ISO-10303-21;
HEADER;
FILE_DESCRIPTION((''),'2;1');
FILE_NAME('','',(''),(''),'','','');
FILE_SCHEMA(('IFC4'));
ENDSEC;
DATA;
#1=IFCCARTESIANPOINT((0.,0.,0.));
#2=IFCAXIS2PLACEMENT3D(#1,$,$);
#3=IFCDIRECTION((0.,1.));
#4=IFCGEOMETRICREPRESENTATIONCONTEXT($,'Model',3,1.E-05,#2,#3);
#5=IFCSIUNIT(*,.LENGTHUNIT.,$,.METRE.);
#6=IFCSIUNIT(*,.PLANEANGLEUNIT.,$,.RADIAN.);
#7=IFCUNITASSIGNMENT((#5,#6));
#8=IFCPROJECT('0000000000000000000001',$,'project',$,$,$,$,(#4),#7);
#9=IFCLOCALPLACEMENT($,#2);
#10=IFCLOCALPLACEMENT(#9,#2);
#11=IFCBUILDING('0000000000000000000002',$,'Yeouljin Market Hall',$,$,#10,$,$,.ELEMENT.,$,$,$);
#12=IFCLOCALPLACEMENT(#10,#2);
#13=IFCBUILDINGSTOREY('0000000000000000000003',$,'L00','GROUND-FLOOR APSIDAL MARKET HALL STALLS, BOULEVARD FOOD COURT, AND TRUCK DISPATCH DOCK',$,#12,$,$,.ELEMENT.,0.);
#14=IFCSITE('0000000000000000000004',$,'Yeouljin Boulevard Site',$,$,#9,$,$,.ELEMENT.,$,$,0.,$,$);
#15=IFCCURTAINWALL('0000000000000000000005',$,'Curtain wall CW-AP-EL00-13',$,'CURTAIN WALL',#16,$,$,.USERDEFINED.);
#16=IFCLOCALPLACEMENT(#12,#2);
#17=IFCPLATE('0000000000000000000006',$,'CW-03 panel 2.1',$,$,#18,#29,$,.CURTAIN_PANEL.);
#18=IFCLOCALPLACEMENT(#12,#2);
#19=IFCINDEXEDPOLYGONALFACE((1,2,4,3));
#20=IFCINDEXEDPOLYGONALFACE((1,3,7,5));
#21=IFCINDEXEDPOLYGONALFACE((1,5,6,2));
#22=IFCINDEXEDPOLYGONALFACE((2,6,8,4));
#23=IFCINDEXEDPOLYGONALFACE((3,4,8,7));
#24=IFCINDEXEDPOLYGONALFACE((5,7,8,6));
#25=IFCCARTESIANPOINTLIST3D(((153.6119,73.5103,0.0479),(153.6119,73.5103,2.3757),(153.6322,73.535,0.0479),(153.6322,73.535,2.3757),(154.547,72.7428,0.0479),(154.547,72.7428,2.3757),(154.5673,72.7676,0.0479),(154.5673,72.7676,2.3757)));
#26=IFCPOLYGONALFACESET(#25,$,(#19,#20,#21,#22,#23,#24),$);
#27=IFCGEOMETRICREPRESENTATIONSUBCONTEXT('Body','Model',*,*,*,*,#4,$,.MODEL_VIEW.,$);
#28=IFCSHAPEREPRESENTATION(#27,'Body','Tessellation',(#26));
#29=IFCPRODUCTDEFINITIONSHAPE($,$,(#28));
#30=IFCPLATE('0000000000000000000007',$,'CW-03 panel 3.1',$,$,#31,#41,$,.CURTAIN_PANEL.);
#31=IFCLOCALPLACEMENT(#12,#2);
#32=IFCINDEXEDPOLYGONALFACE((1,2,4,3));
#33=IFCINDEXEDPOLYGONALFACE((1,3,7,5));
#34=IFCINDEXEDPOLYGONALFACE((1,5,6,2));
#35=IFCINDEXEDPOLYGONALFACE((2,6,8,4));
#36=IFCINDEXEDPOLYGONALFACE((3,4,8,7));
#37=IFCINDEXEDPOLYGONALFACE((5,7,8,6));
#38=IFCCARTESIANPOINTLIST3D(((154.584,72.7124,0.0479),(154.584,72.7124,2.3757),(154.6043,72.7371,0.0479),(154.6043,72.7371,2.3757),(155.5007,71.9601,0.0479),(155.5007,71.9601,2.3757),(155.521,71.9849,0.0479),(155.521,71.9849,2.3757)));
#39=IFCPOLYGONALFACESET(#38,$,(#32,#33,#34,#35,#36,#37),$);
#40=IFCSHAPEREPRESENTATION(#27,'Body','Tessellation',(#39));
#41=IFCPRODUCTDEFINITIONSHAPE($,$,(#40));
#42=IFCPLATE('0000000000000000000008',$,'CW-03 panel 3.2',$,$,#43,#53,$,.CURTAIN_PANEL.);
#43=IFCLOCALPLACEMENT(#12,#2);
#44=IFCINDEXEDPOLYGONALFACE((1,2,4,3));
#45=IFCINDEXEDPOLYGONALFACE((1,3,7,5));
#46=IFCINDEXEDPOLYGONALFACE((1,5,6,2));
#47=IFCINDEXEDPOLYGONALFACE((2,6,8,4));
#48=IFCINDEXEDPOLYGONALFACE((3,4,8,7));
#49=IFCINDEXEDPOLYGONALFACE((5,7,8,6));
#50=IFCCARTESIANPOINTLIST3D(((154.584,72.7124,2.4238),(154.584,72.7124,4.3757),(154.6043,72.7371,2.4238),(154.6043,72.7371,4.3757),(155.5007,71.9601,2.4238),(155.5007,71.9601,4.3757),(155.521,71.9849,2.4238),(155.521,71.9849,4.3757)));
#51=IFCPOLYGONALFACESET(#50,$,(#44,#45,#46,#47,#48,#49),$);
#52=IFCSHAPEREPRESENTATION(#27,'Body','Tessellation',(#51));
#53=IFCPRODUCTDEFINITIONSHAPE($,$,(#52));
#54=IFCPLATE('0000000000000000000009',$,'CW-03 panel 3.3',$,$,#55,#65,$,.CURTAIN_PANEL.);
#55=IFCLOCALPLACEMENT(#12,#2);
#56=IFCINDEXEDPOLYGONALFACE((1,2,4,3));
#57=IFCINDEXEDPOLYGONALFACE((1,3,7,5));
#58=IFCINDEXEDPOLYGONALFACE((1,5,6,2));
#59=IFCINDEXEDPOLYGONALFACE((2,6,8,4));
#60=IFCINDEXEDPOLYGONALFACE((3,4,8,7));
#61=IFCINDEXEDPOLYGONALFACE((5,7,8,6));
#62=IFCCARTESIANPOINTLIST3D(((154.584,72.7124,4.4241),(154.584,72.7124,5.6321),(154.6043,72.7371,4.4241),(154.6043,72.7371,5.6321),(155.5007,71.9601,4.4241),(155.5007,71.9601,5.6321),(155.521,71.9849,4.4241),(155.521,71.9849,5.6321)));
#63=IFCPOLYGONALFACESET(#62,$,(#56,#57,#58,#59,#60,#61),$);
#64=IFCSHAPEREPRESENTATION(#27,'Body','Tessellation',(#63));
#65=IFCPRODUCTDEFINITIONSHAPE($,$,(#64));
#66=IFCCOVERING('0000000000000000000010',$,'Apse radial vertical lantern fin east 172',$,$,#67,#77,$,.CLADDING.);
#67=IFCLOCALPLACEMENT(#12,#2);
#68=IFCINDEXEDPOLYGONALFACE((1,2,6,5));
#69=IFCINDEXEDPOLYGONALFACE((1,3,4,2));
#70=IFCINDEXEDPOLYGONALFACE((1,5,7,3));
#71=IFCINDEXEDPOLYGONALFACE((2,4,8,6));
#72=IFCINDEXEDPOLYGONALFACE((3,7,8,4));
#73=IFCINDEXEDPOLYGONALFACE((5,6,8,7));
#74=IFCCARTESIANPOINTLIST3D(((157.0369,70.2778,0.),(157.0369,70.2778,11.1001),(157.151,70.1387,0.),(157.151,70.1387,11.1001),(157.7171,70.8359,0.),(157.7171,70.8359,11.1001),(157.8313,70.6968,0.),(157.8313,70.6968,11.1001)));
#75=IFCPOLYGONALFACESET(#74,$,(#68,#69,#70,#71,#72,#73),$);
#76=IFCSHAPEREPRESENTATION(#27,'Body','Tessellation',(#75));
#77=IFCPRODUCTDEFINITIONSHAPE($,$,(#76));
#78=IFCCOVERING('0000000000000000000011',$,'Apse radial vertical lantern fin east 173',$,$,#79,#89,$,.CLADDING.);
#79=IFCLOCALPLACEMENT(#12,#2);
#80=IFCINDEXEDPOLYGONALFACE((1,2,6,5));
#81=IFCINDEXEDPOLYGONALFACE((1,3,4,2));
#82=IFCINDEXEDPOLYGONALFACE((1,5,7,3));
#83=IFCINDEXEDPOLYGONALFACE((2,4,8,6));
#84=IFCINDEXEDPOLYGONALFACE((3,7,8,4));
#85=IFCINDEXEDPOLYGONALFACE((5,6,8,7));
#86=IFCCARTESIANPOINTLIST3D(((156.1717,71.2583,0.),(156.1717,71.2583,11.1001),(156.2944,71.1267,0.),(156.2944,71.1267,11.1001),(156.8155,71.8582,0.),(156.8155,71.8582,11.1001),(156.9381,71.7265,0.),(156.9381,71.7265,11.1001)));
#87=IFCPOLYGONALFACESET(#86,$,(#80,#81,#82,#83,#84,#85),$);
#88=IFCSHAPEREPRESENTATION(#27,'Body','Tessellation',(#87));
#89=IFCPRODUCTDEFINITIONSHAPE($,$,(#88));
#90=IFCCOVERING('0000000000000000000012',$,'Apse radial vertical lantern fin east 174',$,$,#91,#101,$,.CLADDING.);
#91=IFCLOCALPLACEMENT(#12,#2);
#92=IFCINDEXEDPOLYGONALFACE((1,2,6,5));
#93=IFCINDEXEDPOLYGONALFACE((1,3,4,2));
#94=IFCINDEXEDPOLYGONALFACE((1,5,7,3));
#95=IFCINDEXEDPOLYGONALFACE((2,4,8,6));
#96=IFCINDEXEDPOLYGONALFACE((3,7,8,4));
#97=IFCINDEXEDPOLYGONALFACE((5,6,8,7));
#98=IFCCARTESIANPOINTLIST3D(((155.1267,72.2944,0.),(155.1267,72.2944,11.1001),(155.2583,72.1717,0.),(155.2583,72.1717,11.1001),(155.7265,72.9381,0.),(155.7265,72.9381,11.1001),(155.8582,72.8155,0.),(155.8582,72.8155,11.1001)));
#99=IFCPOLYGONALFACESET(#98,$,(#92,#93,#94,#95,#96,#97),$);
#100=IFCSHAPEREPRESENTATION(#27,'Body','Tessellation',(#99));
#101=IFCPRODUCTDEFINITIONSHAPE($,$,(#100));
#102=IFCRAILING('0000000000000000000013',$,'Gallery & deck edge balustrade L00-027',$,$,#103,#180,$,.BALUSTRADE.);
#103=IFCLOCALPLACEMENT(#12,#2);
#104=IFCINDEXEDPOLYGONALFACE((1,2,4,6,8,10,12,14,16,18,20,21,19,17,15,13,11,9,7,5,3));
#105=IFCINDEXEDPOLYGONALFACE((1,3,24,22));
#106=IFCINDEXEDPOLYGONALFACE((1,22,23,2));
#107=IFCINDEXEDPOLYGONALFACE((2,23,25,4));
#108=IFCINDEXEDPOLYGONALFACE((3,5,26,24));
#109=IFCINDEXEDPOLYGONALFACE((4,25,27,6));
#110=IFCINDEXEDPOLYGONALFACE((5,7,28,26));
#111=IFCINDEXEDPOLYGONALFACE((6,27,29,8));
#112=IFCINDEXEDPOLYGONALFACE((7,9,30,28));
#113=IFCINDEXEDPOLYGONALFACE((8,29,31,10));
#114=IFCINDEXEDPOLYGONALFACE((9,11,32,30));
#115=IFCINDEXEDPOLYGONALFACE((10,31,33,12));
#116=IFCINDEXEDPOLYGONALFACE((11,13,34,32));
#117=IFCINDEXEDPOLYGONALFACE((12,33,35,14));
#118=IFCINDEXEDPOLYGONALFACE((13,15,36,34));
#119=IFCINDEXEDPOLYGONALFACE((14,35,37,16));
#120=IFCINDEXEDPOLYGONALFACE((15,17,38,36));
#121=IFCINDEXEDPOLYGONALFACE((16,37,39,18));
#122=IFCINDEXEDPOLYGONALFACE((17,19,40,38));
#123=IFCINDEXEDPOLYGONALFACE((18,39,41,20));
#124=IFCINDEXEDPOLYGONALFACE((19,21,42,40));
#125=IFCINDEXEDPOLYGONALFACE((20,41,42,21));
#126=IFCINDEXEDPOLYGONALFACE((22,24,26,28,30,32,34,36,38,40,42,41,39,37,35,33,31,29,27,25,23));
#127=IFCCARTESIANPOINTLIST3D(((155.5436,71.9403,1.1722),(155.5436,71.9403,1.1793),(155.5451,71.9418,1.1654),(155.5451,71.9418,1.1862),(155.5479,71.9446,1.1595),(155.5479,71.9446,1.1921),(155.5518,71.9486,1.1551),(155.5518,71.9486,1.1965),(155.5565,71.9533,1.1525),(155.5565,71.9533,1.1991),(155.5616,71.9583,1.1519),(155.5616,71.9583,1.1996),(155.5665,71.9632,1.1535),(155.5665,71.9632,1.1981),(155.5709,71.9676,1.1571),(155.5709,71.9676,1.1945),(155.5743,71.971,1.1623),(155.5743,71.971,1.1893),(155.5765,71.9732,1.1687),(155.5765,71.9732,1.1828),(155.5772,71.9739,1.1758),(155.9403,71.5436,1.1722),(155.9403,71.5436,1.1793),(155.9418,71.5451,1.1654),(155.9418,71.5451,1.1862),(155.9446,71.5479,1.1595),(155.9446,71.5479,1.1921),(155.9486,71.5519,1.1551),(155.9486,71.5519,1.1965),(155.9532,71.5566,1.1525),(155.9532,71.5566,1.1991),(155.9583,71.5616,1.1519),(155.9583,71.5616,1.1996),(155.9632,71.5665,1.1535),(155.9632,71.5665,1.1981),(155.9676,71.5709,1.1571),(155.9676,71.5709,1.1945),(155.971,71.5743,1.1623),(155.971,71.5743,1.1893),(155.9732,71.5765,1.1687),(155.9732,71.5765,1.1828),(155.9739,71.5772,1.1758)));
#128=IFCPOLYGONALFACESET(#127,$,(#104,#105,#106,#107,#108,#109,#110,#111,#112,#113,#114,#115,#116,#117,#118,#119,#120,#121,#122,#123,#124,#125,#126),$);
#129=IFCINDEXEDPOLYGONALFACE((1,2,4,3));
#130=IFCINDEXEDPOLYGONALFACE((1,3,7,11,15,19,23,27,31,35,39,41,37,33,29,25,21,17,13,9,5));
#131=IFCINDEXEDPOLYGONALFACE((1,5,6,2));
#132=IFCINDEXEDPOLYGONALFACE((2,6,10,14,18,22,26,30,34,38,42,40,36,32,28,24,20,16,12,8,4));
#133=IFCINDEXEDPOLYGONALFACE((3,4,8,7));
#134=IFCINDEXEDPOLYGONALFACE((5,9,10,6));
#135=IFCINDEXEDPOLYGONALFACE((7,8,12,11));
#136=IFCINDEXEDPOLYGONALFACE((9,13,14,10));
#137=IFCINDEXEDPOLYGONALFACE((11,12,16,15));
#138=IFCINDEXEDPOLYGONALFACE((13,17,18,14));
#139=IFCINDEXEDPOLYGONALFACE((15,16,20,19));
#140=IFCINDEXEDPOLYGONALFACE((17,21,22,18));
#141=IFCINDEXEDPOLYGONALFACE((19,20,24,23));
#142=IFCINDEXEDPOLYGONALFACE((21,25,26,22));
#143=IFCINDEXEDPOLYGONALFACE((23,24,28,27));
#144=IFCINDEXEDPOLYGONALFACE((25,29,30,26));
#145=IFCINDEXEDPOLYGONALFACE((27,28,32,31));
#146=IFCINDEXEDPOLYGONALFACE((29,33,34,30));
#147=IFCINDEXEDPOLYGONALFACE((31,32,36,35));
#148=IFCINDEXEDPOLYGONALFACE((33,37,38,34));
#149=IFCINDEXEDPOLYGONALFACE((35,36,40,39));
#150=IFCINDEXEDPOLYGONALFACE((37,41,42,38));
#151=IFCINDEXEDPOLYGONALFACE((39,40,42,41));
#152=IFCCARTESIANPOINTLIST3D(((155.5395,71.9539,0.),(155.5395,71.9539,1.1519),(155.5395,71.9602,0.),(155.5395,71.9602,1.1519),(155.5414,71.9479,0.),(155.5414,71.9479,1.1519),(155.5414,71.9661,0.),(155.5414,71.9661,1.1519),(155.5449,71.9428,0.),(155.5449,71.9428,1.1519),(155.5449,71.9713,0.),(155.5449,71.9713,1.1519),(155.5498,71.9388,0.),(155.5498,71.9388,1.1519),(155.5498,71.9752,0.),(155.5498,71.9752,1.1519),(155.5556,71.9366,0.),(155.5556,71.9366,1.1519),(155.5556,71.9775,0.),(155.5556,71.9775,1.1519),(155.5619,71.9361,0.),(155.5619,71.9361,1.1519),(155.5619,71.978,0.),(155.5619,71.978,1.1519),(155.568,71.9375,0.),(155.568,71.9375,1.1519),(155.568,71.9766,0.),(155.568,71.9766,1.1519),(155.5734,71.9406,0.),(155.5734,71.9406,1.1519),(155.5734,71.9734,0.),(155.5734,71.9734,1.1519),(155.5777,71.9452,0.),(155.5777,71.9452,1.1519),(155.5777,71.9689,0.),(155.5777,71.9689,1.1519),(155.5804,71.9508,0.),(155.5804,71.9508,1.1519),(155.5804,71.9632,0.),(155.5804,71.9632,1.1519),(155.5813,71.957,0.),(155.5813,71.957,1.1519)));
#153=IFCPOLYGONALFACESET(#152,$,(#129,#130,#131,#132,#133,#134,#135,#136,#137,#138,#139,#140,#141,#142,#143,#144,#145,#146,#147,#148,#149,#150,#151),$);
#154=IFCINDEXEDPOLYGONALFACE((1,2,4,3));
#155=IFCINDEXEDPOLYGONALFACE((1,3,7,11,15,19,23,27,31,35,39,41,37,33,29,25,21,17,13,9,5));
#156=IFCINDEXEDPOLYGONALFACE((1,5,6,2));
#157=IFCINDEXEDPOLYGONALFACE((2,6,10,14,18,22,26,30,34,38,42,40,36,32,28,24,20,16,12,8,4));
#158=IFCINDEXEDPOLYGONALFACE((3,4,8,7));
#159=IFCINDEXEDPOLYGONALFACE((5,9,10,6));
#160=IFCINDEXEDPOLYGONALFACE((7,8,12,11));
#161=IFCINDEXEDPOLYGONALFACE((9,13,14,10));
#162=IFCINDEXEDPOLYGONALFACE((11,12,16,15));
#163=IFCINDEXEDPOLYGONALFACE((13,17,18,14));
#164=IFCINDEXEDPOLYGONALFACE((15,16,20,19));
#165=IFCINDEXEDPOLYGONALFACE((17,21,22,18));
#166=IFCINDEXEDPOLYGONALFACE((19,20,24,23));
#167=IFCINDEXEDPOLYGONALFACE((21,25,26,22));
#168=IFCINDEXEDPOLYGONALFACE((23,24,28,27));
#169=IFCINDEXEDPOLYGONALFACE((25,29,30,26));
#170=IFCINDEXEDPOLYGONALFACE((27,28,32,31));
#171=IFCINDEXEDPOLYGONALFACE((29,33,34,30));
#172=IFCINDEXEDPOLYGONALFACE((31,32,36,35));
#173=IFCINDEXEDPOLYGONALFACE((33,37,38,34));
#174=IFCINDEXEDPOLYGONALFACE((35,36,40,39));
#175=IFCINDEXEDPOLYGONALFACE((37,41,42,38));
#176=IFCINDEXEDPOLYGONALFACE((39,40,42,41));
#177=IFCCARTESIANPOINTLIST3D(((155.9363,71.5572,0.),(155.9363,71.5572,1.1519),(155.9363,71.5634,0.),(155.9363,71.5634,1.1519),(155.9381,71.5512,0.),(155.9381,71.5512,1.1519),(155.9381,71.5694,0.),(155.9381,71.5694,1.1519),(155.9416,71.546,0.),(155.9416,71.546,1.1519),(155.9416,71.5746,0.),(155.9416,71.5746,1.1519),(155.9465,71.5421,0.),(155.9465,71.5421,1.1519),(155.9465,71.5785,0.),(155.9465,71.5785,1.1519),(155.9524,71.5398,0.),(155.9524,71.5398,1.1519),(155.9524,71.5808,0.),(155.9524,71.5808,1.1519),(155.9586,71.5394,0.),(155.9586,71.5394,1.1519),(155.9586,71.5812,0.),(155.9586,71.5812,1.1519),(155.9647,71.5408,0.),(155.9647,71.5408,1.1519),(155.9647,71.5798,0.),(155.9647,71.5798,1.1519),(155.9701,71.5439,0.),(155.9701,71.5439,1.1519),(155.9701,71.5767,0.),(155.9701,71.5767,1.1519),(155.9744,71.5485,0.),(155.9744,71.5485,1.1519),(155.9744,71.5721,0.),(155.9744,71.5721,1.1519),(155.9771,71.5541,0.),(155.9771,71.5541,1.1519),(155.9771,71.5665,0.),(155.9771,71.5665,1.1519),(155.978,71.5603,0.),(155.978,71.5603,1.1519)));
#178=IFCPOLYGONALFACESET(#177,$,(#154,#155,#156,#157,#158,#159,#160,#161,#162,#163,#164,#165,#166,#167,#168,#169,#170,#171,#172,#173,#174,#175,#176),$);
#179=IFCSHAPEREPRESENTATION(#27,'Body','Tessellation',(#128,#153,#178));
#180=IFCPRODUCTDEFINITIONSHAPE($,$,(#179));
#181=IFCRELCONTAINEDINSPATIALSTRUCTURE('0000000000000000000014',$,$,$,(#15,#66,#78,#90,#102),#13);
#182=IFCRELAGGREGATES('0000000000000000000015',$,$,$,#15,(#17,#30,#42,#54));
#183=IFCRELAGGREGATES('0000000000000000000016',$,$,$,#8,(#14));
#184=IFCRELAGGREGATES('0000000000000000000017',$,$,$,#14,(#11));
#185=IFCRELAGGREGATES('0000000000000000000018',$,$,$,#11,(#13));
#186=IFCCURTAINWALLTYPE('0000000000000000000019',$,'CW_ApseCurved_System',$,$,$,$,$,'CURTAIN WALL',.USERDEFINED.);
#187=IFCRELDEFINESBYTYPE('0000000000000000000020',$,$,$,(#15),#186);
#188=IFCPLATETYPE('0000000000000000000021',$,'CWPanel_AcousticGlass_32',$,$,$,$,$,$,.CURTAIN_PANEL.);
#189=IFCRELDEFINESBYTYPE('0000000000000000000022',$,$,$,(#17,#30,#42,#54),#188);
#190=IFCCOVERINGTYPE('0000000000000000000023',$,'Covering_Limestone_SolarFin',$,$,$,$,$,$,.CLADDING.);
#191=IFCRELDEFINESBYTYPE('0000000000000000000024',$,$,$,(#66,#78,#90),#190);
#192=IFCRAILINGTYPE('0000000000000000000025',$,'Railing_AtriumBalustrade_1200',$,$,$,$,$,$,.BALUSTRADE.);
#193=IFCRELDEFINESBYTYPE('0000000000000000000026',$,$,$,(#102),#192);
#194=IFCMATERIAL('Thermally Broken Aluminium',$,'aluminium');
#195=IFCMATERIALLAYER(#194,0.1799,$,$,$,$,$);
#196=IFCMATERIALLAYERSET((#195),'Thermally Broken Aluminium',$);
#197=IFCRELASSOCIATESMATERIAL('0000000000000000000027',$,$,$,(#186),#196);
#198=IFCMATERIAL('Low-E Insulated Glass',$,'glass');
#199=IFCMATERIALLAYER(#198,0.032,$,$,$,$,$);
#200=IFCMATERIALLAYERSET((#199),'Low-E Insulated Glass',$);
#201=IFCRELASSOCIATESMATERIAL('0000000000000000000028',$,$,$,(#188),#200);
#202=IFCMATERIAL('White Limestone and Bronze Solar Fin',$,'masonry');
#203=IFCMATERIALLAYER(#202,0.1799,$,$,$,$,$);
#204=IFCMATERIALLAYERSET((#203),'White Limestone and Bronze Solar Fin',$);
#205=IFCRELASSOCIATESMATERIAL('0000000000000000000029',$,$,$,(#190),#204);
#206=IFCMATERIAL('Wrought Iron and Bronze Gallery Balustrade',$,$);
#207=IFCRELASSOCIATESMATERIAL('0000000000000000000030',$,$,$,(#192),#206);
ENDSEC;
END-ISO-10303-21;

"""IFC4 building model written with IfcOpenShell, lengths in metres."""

from ifc_helpers import new_model, si_unit, direction, frame, origin, origin_2d, place, context, subcontext, project, spatial, rectangle, circle, extrude, material, layer, layer_set, type_object, element, aggregate, save


model = new_model("IFC4")

# Units and contexts
model_context = context("Model", 3, precision=1e-05, world=origin(), true_north=direction((0.0, 1.0)))
body_context = subcontext(model_context, "Body", "Model", "MODEL_VIEW")
ifc_project = project(units=[si_unit("LENGTHUNIT", "METRE"), si_unit("PLANEANGLEUNIT", "RADIAN")], contexts=[model_context])

# Site, building, storey
site_placement = place(None, origin())
site = spatial("IfcSite", under=ifc_project, at=site_placement, Name="Yeouljin Boulevard Site", CompositionType="ELEMENT", RefElevation=0.0)
building_placement = place(site_placement, origin())
building = spatial("IfcBuilding", under=site, at=building_placement, Name="Yeouljin Market Hall", CompositionType="ELEMENT")
storey_placement = place(building_placement, origin())
storey = spatial("IfcBuildingStorey", under=building, at=storey_placement, Name="L00", Description="GROUND-FLOOR APSIDAL MARKET HALL STALLS, BOULEVARD FOOD COURT, AND TRUCK DISPATCH DOCK", CompositionType="ELEMENT", Elevation=0.0)

# Curtain wall
ifc_material_1 = material(Name="Thermally Broken Aluminium", Category="aluminium")
ifc_layer_1 = layer(ifc_material_1, 0.1799)
ifc_layer_set_1 = layer_set([ifc_layer_1], Name="Thermally Broken Aluminium")
curtain_wall_type = type_object("IfcCurtainWallType", Name="CW_ApseCurved_System", ElementType="CURTAIN WALL", PredefinedType="USERDEFINED", material=ifc_layer_set_1)
curtain_wall_1_placement = place(storey_placement, origin())
curtain_wall_1 = element("IfcCurtainWall", 1, at=curtain_wall_1_placement, inside=storey, type_object=curtain_wall_type, Name="Curtain wall CW-AP-EL00-13", ObjectType="CURTAIN WALL", PredefinedType="USERDEFINED")

# Plates
ifc_material_2 = material(Name="Low-E Insulated Glass", Category="glass")
ifc_layer_2 = layer(ifc_material_2, 0.032)
ifc_layer_set_2 = layer_set([ifc_layer_2], Name="Low-E Insulated Glass")
plate_type = type_object("IfcPlateType", Name="CWPanel_AcousticGlass_32", PredefinedType="CURTAIN_PANEL", material=ifc_layer_set_2)
plate_1_placement = place(storey_placement, frame((154.0896, 73.1389, 0.0479), z_axis=(0.0, 0.0, 1.0), x_axis=(0.773018, -0.634384, 0.0)))
plate_1 = element("IfcPlate", 2, at=plate_1_placement, type_object=plate_type, Name="CW-03 panel 2.1", PredefinedType="CURTAIN_PANEL", context=body_context, shape_type="SweptSolid", body=[
    extrude(rectangle(XDim=1.2097, YDim=0.032, at=origin_2d()), origin(), (0.0, 0.0, 1.0), 2.3279),
])
plate_2_placement = place(storey_placement, frame((155.0525, 72.3486, 0.0479), z_axis=(0.0, 0.0, 1.0), x_axis=(0.773018, -0.634384, 0.0)))
plate_2 = element("IfcPlate", 3, at=plate_2_placement, type_object=plate_type, Name="CW-03 panel 3.1", PredefinedType="CURTAIN_PANEL", context=body_context, shape_type="SweptSolid", body=[
    extrude(rectangle(XDim=1.1858, YDim=0.032, at=origin_2d()), origin(), (0.0, 0.0, 1.0), 2.3279),
])
plate_3_placement = place(storey_placement, frame((155.0525, 72.3486, 2.4238), z_axis=(0.0, 0.0, 1.0), x_axis=(0.773018, -0.634384, 0.0)))
plate_3 = element("IfcPlate", 4, at=plate_3_placement, type_object=plate_type, Name="CW-03 panel 3.2", PredefinedType="CURTAIN_PANEL", context=body_context, shape_type="SweptSolid", body=[
    extrude(rectangle(XDim=1.1858, YDim=0.032, at=origin_2d()), origin(), (0.0, 0.0, 1.0), 1.9519),
])
plate_4_placement = place(storey_placement, frame((155.0525, 72.3486, 4.4241), z_axis=(0.0, 0.0, 1.0), x_axis=(0.773018, -0.634384, 0.0)))
plate_4 = element("IfcPlate", 5, at=plate_4_placement, type_object=plate_type, Name="CW-03 panel 3.3", PredefinedType="CURTAIN_PANEL", context=body_context, shape_type="SweptSolid", body=[
    extrude(rectangle(XDim=1.1858, YDim=0.032, at=origin_2d()), origin(), (0.0, 0.0, 1.0), 1.208),
])
aggregate(curtain_wall_1, [plate_1, plate_2, plate_3, plate_4])

# Coverings
ifc_material_3 = material(Name="White Limestone and Bronze Solar Fin", Category="masonry")
ifc_layer_3 = layer(ifc_material_3, 0.1799)
ifc_layer_set_3 = layer_set([ifc_layer_3], Name="White Limestone and Bronze Solar Fin")
covering_type = type_object("IfcCoveringType", Name="Covering_Limestone_SolarFin", PredefinedType="CLADDING", material=ifc_layer_set_3)
for number, where, z_axis, x_axis, name in (
    (6, (157.4341, 70.4873, 0.0), (0.0, 0.0, 1.0), (0.773066, 0.634326, 0.0), "Apse radial vertical lantern fin east 172"),
    (7, (156.5549, 71.4924, 0.0), (0.0, 0.0, 1.0), (0.731592, 0.681743, 0.0), "Apse radial vertical lantern fin east 173"),
    (8, (155.4924, 72.5549, 0.0), (0.0, 0.0, 1.0), (0.681743, 0.731592, 0.0), "Apse radial vertical lantern fin east 174"),
):
    element("IfcCovering", number, at=place(storey_placement, frame(where, z_axis=z_axis, x_axis=x_axis)), inside=storey, type_object=covering_type, Name=name, PredefinedType="CLADDING", context=body_context, shape_type="SweptSolid", body=[
        extrude(rectangle(XDim=0.8799, YDim=0.1799, at=origin_2d()), origin(), (0.0, 0.0, 1.0), 11.1001),
    ])

# Railing
ifc_material_4 = material(Name="Wrought Iron and Bronze Gallery Balustrade")
railing_type = type_object("IfcRailingType", Name="Railing_AtriumBalustrade_1200", PredefinedType="BALUSTRADE", material=ifc_material_4)
railing_placement = place(storey_placement, frame((155.5603, 71.957, 0.0)))
element("IfcRailing", 9, at=railing_placement, inside=storey, type_object=railing_type, Name="Gallery & deck edge balustrade L00-027", PredefinedType="BALUSTRADE", context=body_context, shape_type="SweptSolid", body=[
    extrude(circle(Radius=0.0239, at=origin_2d()), frame((0.0, 0.0, 1.1758), z_axis=(0.707107, -0.707107, 0.0), x_axis=(0.707107, 0.707107, 0.0)), (0.0, 0.0, 1.0), 0.561),
    extrude(circle(Radius=0.021, at=origin_2d()), origin(), (0.0, 0.0, 1.0), 1.1519),
    extrude(circle(Radius=0.021, at=origin_2d()), frame((0.3967, -0.3967, 0.0)), (0.0, 0.0, 1.0), 1.1519),
])

save(model, "model.ifc")
